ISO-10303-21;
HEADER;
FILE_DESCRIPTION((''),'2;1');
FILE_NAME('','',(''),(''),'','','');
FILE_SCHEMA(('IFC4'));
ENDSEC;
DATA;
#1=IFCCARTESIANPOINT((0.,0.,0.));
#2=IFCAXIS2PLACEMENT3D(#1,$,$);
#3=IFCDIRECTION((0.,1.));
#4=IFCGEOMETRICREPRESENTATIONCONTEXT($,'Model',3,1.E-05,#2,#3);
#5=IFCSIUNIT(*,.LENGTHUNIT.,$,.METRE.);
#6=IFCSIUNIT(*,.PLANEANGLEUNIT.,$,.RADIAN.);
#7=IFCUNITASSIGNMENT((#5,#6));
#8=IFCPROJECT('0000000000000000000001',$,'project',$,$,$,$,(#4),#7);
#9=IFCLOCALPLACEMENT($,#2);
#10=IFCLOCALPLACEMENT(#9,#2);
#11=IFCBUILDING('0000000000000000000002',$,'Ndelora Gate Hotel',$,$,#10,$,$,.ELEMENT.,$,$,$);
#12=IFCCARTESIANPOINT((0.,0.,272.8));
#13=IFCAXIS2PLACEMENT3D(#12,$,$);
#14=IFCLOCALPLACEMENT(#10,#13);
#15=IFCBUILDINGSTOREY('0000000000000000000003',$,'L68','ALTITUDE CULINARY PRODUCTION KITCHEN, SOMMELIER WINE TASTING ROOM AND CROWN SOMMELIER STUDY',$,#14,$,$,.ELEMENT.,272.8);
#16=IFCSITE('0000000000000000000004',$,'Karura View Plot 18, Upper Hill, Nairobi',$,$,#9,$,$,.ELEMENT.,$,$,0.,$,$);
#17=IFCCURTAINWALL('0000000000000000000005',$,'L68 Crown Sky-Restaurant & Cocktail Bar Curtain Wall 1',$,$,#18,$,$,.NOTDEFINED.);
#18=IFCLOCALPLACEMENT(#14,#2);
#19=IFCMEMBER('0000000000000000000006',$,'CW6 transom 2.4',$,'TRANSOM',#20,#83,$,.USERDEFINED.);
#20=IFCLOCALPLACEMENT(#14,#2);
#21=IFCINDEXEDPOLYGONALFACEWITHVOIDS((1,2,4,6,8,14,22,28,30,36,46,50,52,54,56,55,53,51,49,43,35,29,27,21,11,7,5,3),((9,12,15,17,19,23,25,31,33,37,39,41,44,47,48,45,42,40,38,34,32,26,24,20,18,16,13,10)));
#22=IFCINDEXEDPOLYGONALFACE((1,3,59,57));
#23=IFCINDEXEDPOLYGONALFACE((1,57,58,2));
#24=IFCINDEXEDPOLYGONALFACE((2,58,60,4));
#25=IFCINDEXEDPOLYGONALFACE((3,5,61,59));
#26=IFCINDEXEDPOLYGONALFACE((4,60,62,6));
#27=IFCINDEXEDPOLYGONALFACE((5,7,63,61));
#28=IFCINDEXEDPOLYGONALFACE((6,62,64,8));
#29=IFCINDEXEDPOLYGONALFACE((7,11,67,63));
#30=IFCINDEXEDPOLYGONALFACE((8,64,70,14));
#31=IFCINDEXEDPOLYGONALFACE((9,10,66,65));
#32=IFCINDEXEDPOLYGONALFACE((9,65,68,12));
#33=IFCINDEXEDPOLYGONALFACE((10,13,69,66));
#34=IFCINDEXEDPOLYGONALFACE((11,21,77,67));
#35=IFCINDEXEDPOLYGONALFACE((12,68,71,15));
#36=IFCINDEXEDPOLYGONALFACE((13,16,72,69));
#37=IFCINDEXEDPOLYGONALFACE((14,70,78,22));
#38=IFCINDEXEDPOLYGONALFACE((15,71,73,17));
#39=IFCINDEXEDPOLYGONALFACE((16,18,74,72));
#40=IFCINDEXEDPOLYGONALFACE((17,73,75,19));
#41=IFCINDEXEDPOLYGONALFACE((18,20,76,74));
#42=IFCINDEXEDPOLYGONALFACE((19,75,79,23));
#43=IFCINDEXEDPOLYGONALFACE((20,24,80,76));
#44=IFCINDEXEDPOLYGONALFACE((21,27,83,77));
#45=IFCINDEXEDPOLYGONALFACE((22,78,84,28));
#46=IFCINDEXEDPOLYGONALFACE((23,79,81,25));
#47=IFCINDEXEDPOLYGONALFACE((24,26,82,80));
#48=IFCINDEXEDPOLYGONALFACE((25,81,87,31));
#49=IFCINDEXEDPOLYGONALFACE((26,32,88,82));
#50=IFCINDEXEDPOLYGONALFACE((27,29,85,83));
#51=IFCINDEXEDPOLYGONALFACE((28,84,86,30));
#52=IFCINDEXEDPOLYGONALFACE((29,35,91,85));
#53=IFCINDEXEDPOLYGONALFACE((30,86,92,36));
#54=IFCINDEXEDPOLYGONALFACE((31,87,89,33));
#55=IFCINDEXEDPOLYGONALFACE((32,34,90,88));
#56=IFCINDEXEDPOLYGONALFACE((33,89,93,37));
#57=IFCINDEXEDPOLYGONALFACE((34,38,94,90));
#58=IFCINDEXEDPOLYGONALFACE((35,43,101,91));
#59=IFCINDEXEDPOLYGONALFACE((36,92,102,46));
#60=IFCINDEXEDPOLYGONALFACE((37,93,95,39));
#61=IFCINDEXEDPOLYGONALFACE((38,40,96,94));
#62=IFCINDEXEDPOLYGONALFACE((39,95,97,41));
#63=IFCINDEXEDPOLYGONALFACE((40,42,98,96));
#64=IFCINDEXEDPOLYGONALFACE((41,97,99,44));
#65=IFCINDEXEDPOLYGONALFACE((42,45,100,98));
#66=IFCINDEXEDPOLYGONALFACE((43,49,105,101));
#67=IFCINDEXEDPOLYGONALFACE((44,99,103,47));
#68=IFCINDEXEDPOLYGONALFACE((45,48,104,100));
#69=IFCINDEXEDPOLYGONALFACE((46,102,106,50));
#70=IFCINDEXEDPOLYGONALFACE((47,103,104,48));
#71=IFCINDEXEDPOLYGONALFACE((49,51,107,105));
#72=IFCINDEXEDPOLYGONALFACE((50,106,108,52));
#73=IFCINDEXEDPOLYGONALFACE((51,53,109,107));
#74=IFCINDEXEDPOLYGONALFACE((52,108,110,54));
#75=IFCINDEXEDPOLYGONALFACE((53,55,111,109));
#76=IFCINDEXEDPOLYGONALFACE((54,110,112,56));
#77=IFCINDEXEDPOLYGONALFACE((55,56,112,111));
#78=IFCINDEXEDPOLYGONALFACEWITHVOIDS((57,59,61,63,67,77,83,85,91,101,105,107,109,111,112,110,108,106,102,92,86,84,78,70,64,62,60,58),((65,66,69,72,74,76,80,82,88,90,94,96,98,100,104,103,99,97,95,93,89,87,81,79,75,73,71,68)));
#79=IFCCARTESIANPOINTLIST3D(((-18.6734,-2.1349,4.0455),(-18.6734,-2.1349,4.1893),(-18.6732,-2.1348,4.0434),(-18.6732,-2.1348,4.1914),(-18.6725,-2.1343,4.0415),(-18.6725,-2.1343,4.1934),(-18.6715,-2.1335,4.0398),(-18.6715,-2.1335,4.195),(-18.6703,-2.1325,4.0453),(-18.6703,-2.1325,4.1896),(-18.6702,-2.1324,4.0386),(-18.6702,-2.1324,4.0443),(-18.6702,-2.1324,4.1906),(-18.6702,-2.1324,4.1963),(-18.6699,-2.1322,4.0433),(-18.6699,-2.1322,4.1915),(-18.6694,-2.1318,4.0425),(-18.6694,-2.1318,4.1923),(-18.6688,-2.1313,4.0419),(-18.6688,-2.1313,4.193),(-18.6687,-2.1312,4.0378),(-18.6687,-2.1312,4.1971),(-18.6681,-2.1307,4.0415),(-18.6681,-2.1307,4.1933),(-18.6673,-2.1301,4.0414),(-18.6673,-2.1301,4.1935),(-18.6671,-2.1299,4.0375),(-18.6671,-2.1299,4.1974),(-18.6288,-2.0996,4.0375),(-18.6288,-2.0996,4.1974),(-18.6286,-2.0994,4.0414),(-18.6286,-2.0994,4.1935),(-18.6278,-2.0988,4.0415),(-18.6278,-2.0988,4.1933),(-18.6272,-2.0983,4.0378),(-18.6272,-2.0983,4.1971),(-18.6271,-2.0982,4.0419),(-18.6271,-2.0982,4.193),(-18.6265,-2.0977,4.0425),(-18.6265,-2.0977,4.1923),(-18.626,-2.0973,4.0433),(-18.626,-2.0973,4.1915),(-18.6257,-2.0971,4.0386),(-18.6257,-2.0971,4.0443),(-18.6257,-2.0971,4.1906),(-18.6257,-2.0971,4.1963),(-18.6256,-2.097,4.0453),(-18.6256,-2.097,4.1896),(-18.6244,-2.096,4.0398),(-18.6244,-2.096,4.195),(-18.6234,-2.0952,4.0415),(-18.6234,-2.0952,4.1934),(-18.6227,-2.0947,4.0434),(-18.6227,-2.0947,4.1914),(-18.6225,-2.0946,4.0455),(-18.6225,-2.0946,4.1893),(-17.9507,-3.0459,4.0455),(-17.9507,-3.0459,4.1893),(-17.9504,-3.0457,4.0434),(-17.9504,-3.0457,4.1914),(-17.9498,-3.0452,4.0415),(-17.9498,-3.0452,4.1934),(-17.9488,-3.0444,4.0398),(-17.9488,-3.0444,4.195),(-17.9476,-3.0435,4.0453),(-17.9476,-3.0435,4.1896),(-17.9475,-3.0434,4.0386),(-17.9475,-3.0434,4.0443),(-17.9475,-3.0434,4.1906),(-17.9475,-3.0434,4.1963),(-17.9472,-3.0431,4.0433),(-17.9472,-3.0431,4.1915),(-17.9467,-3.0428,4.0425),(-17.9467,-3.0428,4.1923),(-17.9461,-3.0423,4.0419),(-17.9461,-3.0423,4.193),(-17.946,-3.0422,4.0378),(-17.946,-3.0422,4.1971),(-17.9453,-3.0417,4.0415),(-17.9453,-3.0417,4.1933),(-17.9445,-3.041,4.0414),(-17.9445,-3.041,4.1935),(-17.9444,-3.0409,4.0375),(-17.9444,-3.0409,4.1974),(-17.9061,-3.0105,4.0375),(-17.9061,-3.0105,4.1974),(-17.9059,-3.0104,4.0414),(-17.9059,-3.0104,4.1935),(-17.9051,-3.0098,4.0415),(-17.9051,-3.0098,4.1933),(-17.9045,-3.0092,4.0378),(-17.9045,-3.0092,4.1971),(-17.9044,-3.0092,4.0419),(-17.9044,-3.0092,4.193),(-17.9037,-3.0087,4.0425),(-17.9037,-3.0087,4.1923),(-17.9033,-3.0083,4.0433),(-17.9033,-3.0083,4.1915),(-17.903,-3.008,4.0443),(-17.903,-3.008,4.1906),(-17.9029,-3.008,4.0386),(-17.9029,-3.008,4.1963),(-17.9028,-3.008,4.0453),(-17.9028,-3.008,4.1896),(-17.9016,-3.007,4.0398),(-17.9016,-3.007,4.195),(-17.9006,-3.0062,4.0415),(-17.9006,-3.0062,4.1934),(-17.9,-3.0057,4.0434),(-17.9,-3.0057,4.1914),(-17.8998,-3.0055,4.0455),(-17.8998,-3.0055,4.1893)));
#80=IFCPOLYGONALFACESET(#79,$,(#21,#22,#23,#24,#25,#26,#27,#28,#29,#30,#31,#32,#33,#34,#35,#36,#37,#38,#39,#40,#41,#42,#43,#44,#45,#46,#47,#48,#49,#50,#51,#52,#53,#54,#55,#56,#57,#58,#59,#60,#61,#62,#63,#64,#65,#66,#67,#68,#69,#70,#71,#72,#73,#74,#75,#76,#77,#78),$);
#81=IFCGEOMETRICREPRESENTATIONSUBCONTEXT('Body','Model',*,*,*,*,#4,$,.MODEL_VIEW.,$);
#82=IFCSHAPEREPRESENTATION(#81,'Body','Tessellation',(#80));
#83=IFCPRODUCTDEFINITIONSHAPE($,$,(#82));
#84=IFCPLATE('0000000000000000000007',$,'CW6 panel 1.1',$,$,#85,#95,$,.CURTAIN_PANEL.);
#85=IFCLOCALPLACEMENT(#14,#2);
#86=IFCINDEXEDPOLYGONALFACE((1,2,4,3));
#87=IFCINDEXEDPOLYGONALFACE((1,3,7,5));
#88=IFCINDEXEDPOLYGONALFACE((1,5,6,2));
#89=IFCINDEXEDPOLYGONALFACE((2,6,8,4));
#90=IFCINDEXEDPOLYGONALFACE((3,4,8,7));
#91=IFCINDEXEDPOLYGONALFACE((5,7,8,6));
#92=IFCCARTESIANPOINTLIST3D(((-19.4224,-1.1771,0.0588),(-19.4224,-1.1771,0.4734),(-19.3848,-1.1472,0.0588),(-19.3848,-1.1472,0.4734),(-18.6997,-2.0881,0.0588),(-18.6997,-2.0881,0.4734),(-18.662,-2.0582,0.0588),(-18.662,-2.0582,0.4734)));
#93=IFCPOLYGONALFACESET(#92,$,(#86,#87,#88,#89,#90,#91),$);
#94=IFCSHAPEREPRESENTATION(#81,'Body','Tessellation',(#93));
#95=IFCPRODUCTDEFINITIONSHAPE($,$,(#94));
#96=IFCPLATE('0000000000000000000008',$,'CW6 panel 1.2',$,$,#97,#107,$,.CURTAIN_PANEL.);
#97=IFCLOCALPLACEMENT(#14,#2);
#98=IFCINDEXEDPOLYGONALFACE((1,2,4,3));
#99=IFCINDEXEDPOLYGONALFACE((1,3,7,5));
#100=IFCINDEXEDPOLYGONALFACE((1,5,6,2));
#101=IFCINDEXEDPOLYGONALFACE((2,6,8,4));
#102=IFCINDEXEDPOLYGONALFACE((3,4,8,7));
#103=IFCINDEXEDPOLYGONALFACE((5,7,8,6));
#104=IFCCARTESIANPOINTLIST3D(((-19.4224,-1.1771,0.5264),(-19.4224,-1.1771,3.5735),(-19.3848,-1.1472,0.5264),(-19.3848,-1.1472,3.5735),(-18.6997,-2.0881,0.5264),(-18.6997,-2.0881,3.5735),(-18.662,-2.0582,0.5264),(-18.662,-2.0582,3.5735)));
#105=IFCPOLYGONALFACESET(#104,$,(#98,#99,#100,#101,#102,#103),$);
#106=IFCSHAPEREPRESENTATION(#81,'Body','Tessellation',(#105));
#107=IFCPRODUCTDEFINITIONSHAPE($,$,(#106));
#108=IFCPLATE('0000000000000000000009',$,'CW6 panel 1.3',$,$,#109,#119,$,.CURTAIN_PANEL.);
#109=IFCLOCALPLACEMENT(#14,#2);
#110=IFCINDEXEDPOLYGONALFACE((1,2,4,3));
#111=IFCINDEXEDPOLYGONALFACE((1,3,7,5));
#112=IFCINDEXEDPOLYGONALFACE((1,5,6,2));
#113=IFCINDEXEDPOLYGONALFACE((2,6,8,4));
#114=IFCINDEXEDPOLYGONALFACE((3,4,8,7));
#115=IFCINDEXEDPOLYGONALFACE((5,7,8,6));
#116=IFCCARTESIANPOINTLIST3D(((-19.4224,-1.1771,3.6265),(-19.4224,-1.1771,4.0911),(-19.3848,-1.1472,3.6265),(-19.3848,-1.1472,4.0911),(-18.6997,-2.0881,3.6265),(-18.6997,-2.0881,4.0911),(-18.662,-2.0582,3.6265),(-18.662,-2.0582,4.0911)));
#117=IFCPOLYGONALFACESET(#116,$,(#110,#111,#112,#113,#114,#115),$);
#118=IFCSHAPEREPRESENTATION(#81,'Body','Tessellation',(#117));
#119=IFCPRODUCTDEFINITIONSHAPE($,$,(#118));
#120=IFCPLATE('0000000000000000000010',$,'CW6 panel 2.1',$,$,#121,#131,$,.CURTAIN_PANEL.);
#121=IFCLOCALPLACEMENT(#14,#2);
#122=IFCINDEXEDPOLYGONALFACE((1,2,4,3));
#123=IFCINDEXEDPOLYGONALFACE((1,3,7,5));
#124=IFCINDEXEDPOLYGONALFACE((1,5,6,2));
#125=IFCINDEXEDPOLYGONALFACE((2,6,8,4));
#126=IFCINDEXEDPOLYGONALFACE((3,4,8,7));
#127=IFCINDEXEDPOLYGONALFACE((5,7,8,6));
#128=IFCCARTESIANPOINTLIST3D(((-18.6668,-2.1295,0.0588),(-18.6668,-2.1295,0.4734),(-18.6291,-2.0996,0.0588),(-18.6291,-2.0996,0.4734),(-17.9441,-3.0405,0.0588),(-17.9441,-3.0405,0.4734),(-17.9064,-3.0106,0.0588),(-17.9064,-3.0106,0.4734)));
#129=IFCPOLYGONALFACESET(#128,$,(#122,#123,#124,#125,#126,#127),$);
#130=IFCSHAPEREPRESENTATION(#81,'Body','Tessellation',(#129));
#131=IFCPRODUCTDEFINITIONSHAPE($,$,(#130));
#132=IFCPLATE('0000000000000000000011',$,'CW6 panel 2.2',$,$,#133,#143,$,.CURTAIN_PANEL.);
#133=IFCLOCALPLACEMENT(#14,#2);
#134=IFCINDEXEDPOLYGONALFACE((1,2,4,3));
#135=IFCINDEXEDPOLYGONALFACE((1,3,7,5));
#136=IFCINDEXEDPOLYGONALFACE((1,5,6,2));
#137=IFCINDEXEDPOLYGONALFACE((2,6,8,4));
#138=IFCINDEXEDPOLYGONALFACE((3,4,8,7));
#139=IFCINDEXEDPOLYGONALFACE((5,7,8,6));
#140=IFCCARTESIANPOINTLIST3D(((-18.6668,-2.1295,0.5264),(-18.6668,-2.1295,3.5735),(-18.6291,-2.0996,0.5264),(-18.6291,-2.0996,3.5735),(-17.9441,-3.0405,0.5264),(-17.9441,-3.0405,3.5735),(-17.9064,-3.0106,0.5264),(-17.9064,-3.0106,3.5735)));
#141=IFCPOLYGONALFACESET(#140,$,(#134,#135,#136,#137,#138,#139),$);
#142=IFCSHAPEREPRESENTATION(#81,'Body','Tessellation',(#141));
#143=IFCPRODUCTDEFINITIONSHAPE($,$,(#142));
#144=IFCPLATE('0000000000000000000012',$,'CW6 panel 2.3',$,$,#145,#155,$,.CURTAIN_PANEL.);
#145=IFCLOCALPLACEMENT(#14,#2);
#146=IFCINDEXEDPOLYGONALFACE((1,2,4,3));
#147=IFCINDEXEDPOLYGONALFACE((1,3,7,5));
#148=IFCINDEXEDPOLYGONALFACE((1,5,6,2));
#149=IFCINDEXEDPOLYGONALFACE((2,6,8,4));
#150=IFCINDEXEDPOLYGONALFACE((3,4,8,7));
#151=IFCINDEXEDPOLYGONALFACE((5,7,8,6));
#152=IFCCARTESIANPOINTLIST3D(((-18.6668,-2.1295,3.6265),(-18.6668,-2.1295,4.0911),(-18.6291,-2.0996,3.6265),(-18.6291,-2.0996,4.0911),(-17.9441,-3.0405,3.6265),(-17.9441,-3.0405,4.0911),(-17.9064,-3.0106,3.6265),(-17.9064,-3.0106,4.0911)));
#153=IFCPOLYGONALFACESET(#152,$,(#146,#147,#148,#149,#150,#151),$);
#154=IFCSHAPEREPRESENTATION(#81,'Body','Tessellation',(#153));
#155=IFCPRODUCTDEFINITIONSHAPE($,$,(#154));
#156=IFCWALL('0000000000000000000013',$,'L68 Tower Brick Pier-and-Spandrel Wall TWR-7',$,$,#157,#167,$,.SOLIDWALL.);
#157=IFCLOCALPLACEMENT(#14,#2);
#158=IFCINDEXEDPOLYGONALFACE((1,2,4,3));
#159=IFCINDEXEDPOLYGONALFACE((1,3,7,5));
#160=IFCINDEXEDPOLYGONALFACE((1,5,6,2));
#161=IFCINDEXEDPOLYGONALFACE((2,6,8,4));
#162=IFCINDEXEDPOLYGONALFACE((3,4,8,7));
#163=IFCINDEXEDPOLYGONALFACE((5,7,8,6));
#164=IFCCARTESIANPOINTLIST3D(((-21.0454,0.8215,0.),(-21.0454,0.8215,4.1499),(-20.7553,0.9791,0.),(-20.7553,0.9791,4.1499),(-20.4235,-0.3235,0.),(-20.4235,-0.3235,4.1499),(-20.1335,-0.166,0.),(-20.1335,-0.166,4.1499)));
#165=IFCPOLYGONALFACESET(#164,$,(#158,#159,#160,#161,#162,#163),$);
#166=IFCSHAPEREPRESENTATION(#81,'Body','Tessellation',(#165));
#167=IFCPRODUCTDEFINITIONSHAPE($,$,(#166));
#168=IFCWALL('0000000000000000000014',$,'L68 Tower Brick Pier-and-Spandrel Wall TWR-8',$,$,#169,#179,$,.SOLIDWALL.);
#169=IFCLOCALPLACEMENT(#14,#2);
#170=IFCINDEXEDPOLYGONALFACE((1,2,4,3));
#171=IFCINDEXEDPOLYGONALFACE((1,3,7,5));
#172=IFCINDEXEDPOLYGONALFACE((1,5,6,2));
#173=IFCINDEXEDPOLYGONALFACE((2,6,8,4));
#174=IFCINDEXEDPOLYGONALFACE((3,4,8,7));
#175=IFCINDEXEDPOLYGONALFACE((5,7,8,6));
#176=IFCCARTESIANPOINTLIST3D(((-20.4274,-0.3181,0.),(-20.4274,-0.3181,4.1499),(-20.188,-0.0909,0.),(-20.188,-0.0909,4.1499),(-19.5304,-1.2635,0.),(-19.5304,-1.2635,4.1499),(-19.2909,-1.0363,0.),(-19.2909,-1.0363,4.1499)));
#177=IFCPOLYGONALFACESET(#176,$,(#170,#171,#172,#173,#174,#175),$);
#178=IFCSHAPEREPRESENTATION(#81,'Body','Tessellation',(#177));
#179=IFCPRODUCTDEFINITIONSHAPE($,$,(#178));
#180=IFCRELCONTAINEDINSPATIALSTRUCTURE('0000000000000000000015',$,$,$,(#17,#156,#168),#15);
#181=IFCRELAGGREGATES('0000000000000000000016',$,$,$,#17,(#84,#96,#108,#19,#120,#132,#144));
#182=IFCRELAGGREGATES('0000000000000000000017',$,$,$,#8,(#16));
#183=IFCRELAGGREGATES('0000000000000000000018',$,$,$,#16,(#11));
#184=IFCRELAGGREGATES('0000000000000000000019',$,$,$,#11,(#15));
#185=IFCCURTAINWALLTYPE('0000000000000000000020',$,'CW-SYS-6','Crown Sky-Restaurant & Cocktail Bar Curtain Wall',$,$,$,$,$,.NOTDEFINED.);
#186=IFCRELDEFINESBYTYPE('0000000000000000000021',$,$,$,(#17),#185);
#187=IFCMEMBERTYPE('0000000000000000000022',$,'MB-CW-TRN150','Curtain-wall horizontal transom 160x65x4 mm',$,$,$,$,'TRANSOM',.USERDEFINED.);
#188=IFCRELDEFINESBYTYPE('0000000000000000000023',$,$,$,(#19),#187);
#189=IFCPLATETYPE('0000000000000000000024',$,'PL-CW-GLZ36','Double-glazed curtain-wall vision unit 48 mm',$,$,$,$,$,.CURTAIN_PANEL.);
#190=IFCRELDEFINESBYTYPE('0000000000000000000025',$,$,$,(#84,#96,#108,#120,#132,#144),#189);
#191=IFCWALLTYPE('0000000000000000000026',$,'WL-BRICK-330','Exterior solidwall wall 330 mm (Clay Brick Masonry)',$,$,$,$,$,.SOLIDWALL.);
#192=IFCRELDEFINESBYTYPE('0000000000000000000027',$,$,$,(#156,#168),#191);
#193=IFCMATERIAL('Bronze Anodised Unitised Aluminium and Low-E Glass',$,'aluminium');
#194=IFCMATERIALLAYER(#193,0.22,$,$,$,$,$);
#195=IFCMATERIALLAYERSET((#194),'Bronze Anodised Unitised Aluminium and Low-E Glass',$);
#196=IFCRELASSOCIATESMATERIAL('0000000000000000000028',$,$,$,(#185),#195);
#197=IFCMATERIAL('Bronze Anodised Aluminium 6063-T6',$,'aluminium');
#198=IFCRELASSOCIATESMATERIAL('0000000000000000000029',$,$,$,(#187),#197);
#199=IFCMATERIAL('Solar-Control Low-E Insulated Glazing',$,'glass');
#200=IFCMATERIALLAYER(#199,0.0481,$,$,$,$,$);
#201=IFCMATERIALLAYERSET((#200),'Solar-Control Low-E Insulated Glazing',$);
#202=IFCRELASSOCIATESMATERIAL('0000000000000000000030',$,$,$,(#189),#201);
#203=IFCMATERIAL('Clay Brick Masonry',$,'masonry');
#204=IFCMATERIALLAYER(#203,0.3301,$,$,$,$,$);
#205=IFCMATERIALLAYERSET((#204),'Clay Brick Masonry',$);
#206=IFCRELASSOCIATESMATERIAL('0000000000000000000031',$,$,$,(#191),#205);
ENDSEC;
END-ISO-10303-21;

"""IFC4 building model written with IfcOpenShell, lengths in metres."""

from ifc_helpers import new_model, si_unit, direction, frame, frame_2d, origin, origin_2d, place, context, subcontext, project, spatial, rectangle, hollow_rectangle, extrude, material, layer, layer_set, material_profile, profile_set, type_object, element, aggregate, save


model = new_model("IFC4")

# Units and contexts
model_context = context("Model", 3, precision=1e-05, world=origin(), true_north=direction((0.0, 1.0)))
body_context = subcontext(model_context, "Body", "Model", "MODEL_VIEW")
ifc_project = project(units=[si_unit("LENGTHUNIT", "METRE"), si_unit("PLANEANGLEUNIT", "RADIAN")], contexts=[model_context])

# Site, building, storey
site_placement = place(None, origin())
site = spatial("IfcSite", under=ifc_project, at=site_placement, Name="Karura View Plot 18, Upper Hill, Nairobi", CompositionType="ELEMENT", RefElevation=0.0)
building_placement = place(site_placement, origin())
building = spatial("IfcBuilding", under=site, at=building_placement, Name="Ndelora Gate Hotel", CompositionType="ELEMENT")
storey_placement = place(building_placement, frame((0.0, 0.0, 272.8)))
storey = spatial("IfcBuildingStorey", under=building, at=storey_placement, Name="L68", Description="ALTITUDE CULINARY PRODUCTION KITCHEN, SOMMELIER WINE TASTING ROOM AND CROWN SOMMELIER STUDY", CompositionType="ELEMENT", Elevation=272.8)

# Curtain wall, member, plates
ifc_material_1 = material(Name="Bronze Anodised Unitised Aluminium and Low-E Glass", Category="aluminium")
ifc_layer_1 = layer(ifc_material_1, 0.22)
ifc_layer_set_1 = layer_set([ifc_layer_1], Name="Bronze Anodised Unitised Aluminium and Low-E Glass")
curtain_wall_type = type_object("IfcCurtainWallType", Name="CW-SYS-6", Description="Crown Sky-Restaurant & Cocktail Bar Curtain Wall", PredefinedType="NOTDEFINED", material=ifc_layer_set_1)
curtain_wall_placement = place(storey_placement, origin())
curtain_wall = element("IfcCurtainWall", 1, at=curtain_wall_placement, inside=storey, type_object=curtain_wall_type, Name="L68 Crown Sky-Restaurant & Cocktail Bar Curtain Wall 1", PredefinedType="NOTDEFINED")
ifc_material_2 = material(Name="Bronze Anodised Aluminium 6063-T6", Category="aluminium")
ifc_material_profile_1 = material_profile(ifc_material_2, hollow_rectangle(XDim=0.0649, YDim=0.1599, WallThickness=0.0039, InnerFilletRadius=0.0039, OuterFilletRadius=0.0081, at=origin_2d()), Name="ALU 160x65x4")
ifc_profile_set_1 = profile_set([ifc_material_profile_1], Name="Bronze Anodised Aluminium 6063-T6")
member_type_1 = type_object("IfcMemberType", Name="MB-CW-TRN150", Description="Curtain-wall horizontal transom 160x65x4 mm", ElementType="TRANSOM", PredefinedType="USERDEFINED", material=ifc_profile_set_1)
member_1_placement = place(storey_placement, frame((-18.6479, -2.1147, 4.1174), z_axis=(0.621515, -0.783402, 0.0), x_axis=(0.783402, 0.621515, 0.0)))
member_1 = element("IfcMember", 2, at=member_1_placement, type_object=member_type_1, Name="CW6 transom 2.4", ObjectType="TRANSOM", PredefinedType="USERDEFINED", context=body_context, shape_type="SweptSolid", body=[
    extrude(hollow_rectangle(XDim=0.0649, YDim=0.1599, WallThickness=0.0039, InnerFilletRadius=0.0039, OuterFilletRadius=0.0081, at=origin_2d()), origin(), (0.0, 0.0, 1.0), 1.1628),
])
ifc_material_3 = material(Name="Solar-Control Low-E Insulated Glazing", Category="glass")
ifc_layer_2 = layer(ifc_material_3, 0.0481)
ifc_layer_set_2 = layer_set([ifc_layer_2], Name="Solar-Control Low-E Insulated Glazing")
plate_type = type_object("IfcPlateType", Name="PL-CW-GLZ36", Description="Double-glazed curtain-wall vision unit 48 mm", PredefinedType="CURTAIN_PANEL", material=ifc_layer_set_2)
plate_1_placement = place(storey_placement, frame((-19.0422, -1.6177, 0.0588), z_axis=(0.0, 0.0, 1.0), x_axis=(0.621505, -0.78341, 0.0)))
plate_1 = element("IfcPlate", 3, at=plate_1_placement, type_object=plate_type, Name="CW6 panel 1.1", PredefinedType="CURTAIN_PANEL", context=body_context, shape_type="SweptSolid", body=[
    extrude(rectangle(XDim=1.1628, YDim=0.0481, at=origin_2d()), origin(), (0.0, 0.0, 1.0), 0.4146),
])
plate_2_placement = place(storey_placement, frame((-19.0422, -1.6177, 0.5264), z_axis=(0.0, 0.0, 1.0), x_axis=(0.621505, -0.78341, 0.0)))
plate_2 = element("IfcPlate", 4, at=plate_2_placement, type_object=plate_type, Name="CW6 panel 1.2", PredefinedType="CURTAIN_PANEL", context=body_context, shape_type="SweptSolid", body=[
    extrude(rectangle(XDim=1.1628, YDim=0.0481, at=origin_2d()), origin(), (0.0, 0.0, 1.0), 3.0471),
])
plate_3_placement = place(storey_placement, frame((-19.0422, -1.6177, 3.6265), z_axis=(0.0, 0.0, 1.0), x_axis=(0.621505, -0.78341, 0.0)))
plate_3 = element("IfcPlate", 5, at=plate_3_placement, type_object=plate_type, Name="CW6 panel 1.3", PredefinedType="CURTAIN_PANEL", context=body_context, shape_type="SweptSolid", body=[
    extrude(rectangle(XDim=1.1628, YDim=0.0481, at=origin_2d()), origin(), (0.0, 0.0, 1.0), 0.4646),
])
plate_4_placement = place(storey_placement, frame((-18.2866, -2.5701, 0.0588), z_axis=(0.0, 0.0, 1.0), x_axis=(0.621505, -0.78341, 0.0)))
plate_4 = element("IfcPlate", 6, at=plate_4_placement, type_object=plate_type, Name="CW6 panel 2.1", PredefinedType="CURTAIN_PANEL", context=body_context, shape_type="SweptSolid", body=[
    extrude(rectangle(XDim=1.1628, YDim=0.0481, at=origin_2d()), origin(), (0.0, 0.0, 1.0), 0.4146),
])
plate_5_placement = place(storey_placement, frame((-18.2866, -2.5701, 0.5264), z_axis=(0.0, 0.0, 1.0), x_axis=(0.621505, -0.78341, 0.0)))
plate_5 = element("IfcPlate", 7, at=plate_5_placement, type_object=plate_type, Name="CW6 panel 2.2", PredefinedType="CURTAIN_PANEL", context=body_context, shape_type="SweptSolid", body=[
    extrude(rectangle(XDim=1.1628, YDim=0.0481, at=origin_2d()), origin(), (0.0, 0.0, 1.0), 3.0471),
])
plate_6_placement = place(storey_placement, frame((-18.2866, -2.5701, 3.6265), z_axis=(0.0, 0.0, 1.0), x_axis=(0.621505, -0.78341, 0.0)))
plate_6 = element("IfcPlate", 8, at=plate_6_placement, type_object=plate_type, Name="CW6 panel 2.3", PredefinedType="CURTAIN_PANEL", context=body_context, shape_type="SweptSolid", body=[
    extrude(rectangle(XDim=1.1628, YDim=0.0481, at=origin_2d()), origin(), (0.0, 0.0, 1.0), 0.4646),
])
aggregate(curtain_wall, [plate_1, plate_2, plate_3, member_1, plate_4, plate_5, plate_6])

# Walls
ifc_material_4 = material(Name="Clay Brick Masonry", Category="masonry")
ifc_layer_3 = layer(ifc_material_4, 0.3301)
ifc_layer_set_3 = layer_set([ifc_layer_3], Name="Clay Brick Masonry")
wall_type = type_object("IfcWallType", Name="WL-BRICK-330", Description="Exterior solidwall wall 330 mm (Clay Brick Masonry)", PredefinedType="SOLIDWALL", material=ifc_layer_set_3)
wall_1_placement = place(storey_placement, frame((-20.2786, -0.2446, 0.0), z_axis=(0.0, 0.0, 1.0), x_axis=(-0.477237, 0.878775, 0.0)))
element("IfcWall", 9, at=wall_1_placement, inside=storey, type_object=wall_type, Name="L68 Tower Brick Pier-and-Spandrel Wall TWR-7", PredefinedType="SOLIDWALL", context=body_context, shape_type="SweptSolid", body=[
    extrude(rectangle(XDim=1.303, YDim=0.3301, at=frame_2d((0.6514, 0.0))), origin(), (0.0, 0.0, 1.0), 4.1499),
])
wall_2_placement = place(storey_placement, frame((-19.4106, -1.1499, 0.0), z_axis=(0.0, 0.0, 1.0), x_axis=(-0.688316, 0.725411, 0.0)))
element("IfcWall", 10, at=wall_2_placement, inside=storey, type_object=wall_type, Name="L68 Tower Brick Pier-and-Spandrel Wall TWR-8", PredefinedType="SOLIDWALL", context=body_context, shape_type="SweptSolid", body=[
    extrude(rectangle(XDim=1.3032, YDim=0.3301, at=frame_2d((0.6516, 0.0))), origin(), (0.0, 0.0, 1.0), 4.1499),
])

save(model, "model.ifc")
